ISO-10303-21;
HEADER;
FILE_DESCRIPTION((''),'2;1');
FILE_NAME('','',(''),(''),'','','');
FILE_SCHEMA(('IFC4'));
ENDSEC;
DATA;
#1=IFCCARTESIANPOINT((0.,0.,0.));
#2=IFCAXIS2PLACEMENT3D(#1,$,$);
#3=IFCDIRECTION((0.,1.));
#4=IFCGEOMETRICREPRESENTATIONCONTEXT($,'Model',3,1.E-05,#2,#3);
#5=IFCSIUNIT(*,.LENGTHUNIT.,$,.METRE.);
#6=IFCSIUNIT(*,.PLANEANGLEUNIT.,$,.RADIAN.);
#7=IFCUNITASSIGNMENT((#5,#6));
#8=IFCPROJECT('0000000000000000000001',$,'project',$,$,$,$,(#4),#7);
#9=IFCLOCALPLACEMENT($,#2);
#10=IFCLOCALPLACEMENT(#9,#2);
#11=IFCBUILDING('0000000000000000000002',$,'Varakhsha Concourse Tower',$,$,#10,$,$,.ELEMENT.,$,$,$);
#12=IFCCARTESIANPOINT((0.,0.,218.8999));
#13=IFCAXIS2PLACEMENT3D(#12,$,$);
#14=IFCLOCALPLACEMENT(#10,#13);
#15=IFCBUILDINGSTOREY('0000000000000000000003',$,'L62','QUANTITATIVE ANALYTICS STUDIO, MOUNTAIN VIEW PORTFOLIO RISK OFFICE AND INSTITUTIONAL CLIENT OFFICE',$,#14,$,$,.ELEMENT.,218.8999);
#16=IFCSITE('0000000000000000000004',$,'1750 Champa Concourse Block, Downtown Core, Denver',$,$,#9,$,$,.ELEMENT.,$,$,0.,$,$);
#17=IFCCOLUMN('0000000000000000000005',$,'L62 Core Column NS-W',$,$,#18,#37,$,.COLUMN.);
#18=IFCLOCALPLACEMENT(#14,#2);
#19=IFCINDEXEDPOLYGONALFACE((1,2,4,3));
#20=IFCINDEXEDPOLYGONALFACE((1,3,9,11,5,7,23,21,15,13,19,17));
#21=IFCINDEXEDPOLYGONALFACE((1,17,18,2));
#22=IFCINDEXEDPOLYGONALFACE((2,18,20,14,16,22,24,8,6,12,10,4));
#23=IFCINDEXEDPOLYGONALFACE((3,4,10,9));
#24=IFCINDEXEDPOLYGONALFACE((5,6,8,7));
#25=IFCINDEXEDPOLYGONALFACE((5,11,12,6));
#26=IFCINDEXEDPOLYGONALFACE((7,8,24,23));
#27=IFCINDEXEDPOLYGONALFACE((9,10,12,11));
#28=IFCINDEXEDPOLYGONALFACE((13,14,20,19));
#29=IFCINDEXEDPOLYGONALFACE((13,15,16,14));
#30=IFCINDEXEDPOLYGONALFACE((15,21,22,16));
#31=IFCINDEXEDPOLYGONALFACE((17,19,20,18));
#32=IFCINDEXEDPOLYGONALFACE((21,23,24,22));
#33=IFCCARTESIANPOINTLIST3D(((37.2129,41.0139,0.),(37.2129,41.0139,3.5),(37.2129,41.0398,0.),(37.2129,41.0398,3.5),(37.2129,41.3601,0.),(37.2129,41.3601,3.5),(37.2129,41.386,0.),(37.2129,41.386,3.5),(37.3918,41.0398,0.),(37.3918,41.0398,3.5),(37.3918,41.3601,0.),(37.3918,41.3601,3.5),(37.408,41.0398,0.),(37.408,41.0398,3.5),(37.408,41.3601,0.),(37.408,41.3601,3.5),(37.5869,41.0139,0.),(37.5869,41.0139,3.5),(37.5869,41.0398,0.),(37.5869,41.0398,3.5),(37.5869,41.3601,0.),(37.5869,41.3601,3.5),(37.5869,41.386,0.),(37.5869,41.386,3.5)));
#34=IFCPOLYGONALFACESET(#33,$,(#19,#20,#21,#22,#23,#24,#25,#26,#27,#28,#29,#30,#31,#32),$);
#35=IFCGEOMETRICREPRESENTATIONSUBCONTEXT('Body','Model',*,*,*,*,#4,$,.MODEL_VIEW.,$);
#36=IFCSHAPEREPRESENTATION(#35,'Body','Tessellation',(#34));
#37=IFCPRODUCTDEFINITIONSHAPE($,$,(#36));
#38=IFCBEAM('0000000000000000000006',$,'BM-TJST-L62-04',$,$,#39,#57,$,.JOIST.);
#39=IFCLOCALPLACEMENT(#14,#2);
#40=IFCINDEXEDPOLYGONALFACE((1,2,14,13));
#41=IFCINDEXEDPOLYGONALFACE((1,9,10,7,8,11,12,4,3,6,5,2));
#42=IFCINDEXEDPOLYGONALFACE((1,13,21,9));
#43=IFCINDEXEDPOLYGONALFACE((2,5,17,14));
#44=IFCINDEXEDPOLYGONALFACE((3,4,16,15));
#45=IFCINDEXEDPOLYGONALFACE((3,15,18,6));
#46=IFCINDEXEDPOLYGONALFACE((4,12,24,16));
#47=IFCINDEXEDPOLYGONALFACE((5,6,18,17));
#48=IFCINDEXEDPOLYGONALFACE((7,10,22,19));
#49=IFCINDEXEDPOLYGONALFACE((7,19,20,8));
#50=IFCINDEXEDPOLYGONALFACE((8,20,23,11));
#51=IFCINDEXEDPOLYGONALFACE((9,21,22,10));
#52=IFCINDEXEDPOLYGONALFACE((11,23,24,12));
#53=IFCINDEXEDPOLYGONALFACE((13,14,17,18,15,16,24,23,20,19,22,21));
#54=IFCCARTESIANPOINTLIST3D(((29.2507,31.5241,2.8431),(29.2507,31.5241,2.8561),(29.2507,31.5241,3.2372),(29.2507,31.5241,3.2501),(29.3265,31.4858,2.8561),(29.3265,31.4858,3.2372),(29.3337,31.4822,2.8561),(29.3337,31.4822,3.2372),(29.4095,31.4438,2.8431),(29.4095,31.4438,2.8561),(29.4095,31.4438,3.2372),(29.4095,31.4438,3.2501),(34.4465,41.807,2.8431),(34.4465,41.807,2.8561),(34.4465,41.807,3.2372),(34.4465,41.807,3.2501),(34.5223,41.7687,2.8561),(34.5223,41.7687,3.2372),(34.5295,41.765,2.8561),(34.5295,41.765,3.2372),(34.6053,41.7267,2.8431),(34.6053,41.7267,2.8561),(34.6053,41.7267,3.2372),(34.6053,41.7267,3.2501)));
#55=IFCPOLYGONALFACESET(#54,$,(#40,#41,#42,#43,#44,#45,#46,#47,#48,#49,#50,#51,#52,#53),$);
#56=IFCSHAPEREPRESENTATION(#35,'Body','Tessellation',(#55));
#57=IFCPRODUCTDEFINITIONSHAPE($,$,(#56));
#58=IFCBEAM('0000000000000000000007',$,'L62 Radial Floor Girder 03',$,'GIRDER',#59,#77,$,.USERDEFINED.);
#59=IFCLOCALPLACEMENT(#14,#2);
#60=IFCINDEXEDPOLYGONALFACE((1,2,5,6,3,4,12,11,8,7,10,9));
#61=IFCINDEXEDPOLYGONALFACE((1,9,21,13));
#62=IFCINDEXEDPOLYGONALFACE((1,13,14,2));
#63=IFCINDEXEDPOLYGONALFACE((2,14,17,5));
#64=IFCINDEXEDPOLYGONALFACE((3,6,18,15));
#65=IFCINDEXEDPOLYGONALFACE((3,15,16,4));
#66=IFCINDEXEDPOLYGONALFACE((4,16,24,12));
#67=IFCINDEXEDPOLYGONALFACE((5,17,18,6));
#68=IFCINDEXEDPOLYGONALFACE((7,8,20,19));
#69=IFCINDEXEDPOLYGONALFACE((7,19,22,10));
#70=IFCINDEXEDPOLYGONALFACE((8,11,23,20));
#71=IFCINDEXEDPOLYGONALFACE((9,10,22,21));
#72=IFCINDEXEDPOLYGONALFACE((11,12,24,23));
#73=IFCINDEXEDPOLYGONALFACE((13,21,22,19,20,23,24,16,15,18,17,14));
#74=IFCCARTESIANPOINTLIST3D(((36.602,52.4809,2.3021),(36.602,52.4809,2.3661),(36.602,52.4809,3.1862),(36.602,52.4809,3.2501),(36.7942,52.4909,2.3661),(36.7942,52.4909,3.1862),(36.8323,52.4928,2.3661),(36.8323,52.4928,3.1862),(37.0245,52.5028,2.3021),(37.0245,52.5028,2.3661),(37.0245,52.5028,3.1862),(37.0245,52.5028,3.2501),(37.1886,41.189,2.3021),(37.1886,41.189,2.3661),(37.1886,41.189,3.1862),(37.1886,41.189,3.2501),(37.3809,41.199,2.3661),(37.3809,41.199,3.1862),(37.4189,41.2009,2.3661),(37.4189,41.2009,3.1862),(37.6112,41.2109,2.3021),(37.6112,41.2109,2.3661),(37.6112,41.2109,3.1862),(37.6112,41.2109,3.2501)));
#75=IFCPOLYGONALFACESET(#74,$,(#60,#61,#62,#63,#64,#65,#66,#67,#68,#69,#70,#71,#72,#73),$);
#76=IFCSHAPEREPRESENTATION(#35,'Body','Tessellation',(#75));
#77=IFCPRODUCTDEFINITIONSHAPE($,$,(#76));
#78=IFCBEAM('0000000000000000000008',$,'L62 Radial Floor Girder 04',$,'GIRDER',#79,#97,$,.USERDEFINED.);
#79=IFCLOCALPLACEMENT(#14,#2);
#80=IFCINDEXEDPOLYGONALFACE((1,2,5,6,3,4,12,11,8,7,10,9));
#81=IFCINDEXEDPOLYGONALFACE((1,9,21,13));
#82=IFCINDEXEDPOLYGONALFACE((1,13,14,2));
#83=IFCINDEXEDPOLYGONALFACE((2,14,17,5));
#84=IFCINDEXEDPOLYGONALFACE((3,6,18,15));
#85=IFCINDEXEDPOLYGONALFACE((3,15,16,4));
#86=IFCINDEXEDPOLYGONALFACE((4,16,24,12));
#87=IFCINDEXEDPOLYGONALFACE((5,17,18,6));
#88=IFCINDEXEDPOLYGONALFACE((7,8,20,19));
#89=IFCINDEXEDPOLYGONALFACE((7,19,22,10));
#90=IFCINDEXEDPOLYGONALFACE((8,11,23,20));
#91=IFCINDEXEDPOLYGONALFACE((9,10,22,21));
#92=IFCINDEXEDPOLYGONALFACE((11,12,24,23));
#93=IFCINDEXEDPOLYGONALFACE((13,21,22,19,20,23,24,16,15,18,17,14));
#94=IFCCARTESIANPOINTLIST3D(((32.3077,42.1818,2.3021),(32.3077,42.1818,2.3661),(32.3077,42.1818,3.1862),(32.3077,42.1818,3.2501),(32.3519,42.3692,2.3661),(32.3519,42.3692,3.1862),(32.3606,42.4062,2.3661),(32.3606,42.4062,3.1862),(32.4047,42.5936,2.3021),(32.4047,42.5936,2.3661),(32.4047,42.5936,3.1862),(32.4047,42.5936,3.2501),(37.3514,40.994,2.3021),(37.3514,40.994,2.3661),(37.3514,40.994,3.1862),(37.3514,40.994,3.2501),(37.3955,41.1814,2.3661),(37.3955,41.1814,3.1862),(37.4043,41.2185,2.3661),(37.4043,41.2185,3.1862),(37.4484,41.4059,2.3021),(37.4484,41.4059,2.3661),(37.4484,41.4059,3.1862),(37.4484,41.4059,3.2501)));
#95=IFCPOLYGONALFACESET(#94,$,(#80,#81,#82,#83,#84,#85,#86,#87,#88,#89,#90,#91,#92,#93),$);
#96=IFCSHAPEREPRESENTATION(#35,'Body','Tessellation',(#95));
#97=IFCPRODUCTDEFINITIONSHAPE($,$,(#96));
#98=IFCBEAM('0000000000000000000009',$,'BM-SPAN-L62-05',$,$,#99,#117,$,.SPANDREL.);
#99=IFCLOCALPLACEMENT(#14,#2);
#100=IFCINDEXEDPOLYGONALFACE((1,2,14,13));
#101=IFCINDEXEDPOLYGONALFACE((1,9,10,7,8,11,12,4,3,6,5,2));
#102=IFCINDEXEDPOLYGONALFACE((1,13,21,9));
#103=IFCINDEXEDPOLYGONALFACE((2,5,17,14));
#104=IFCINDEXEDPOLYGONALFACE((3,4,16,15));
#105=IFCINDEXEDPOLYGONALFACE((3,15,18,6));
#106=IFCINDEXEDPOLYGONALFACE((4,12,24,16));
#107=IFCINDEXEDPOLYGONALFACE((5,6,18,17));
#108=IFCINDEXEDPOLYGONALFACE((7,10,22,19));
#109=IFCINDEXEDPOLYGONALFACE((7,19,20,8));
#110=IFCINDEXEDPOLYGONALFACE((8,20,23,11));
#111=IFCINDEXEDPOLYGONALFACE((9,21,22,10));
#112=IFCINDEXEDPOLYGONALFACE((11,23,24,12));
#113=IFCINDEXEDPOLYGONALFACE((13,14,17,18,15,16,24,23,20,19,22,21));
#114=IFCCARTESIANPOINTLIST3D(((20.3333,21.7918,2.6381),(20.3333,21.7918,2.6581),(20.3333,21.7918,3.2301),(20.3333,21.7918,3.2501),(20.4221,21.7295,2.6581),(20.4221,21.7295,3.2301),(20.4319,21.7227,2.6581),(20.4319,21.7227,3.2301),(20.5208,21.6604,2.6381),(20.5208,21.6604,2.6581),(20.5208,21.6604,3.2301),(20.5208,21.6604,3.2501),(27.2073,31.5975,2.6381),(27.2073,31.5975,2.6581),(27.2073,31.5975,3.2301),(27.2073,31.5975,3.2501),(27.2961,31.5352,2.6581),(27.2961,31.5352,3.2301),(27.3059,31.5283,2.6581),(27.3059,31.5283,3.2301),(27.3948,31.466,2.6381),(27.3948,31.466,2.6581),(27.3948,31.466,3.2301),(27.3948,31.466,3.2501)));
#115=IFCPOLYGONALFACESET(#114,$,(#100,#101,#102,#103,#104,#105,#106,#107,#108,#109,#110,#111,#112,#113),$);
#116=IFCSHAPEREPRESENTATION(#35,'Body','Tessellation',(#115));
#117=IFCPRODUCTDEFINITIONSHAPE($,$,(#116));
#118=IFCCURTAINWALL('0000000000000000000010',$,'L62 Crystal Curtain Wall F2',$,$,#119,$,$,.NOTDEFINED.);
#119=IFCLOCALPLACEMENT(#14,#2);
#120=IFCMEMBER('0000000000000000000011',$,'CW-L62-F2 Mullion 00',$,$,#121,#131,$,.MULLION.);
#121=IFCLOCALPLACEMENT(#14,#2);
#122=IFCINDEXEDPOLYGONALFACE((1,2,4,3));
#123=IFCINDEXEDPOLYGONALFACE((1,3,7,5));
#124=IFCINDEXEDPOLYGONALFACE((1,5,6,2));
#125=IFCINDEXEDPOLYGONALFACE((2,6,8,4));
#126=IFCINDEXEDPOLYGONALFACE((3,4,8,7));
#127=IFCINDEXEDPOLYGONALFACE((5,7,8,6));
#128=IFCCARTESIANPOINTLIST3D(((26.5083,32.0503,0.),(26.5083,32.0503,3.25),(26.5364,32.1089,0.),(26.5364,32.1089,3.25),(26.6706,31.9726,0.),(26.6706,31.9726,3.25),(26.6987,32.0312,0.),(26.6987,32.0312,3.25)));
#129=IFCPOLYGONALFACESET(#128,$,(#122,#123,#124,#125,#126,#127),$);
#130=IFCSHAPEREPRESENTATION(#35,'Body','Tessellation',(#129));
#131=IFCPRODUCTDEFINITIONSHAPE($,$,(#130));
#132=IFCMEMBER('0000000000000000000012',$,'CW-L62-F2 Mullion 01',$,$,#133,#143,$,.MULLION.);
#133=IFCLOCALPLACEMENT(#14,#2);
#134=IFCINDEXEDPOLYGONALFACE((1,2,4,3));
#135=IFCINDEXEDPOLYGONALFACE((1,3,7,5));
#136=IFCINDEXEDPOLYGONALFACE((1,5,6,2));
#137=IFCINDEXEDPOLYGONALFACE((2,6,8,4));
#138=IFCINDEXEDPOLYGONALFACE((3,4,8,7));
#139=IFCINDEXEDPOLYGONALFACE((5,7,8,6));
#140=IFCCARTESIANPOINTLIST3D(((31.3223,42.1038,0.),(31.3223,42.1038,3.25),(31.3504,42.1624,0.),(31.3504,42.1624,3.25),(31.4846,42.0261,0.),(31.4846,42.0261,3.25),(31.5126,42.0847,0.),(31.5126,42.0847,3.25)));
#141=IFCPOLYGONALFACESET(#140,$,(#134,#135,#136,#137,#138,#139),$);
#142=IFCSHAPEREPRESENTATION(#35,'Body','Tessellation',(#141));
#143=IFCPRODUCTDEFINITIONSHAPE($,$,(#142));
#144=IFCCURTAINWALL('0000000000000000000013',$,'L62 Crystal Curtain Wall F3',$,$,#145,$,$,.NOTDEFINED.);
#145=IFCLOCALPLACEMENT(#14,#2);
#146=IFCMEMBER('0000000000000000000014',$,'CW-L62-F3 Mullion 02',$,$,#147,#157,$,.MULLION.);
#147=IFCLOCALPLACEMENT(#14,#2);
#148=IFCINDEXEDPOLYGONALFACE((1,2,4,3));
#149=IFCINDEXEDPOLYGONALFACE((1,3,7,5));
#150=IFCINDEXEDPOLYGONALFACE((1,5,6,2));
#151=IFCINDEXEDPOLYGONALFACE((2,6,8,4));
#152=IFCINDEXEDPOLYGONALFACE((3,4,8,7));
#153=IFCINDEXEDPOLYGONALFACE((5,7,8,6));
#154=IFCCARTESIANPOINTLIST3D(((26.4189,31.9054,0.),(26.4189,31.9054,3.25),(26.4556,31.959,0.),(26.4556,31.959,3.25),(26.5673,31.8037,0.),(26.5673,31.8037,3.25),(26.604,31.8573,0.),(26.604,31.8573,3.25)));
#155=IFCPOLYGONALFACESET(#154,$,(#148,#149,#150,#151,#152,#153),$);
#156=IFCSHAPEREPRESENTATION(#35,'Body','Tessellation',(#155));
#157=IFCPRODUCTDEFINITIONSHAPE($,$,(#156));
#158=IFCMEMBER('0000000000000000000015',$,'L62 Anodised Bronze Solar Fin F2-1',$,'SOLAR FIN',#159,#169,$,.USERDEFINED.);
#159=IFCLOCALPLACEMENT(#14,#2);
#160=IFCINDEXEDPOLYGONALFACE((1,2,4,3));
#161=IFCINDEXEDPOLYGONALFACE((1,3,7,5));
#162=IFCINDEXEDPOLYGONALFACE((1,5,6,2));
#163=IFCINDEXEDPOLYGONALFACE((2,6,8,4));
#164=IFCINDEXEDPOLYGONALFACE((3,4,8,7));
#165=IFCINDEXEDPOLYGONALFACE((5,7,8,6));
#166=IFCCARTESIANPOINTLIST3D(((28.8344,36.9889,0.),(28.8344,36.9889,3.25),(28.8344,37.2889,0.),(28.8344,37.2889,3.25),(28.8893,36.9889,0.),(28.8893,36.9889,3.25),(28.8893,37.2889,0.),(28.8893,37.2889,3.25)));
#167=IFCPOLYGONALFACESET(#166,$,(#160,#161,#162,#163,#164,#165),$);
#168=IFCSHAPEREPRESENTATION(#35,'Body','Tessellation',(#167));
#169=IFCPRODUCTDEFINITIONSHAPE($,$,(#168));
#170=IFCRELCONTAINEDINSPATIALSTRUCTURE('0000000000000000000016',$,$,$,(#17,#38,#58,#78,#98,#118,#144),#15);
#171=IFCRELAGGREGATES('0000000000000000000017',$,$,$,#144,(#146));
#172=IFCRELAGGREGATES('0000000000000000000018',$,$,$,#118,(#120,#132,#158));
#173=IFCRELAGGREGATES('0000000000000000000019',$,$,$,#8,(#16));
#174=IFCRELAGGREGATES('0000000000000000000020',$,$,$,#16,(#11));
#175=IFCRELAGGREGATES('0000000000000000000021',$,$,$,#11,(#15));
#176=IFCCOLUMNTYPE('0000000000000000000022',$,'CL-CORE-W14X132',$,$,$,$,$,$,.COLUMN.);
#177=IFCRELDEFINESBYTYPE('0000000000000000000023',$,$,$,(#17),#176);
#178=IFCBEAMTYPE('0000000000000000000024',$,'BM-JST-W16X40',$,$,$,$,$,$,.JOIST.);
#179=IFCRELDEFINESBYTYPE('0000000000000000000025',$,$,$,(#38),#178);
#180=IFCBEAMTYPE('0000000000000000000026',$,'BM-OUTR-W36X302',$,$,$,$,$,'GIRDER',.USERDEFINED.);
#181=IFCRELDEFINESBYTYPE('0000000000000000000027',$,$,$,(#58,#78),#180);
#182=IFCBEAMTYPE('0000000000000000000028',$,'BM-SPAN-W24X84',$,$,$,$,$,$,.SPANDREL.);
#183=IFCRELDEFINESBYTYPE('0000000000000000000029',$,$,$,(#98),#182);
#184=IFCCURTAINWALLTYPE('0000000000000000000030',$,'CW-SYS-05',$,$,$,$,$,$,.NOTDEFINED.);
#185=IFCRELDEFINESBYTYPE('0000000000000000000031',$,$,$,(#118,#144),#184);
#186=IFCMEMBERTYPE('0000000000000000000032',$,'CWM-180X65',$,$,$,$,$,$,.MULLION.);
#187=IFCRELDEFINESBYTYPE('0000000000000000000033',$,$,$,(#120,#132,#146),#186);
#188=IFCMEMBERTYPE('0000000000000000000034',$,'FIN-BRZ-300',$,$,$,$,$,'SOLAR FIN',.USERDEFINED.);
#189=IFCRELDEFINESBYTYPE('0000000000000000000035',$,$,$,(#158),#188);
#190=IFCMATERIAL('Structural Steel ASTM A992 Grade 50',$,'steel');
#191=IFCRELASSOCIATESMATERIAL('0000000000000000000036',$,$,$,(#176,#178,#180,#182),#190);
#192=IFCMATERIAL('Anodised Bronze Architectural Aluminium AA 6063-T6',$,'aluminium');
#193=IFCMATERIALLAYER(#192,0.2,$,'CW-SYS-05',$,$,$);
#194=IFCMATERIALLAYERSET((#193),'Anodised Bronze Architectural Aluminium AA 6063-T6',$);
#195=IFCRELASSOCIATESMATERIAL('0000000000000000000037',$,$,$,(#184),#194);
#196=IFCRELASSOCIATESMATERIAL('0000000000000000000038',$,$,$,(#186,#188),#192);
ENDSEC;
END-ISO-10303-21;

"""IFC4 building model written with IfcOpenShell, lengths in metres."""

from ifc_helpers import new_model, si_unit, direction, frame, origin, origin_2d, place, context, subcontext, project, spatial, rectangle, i_section, extrude, source, transform, mapped, material, layer, layer_set, material_profile, profile_set, type_object, type_shapes, element, aggregate, save


model = new_model("IFC4")

# Units and contexts
model_context = context("Model", 3, precision=1e-05, world=origin(), true_north=direction((0.0, 1.0)))
body_context = subcontext(model_context, "Body", "Model", "MODEL_VIEW")
ifc_project = project(units=[si_unit("LENGTHUNIT", "METRE"), si_unit("PLANEANGLEUNIT", "RADIAN")], contexts=[model_context])

# Site, building, storey
site_placement = place(None, origin())
site = spatial("IfcSite", under=ifc_project, at=site_placement, Name="1750 Champa Concourse Block, Downtown Core, Denver", CompositionType="ELEMENT", RefElevation=0.0)
building_placement = place(site_placement, origin())
building = spatial("IfcBuilding", under=site, at=building_placement, Name="Varakhsha Concourse Tower", CompositionType="ELEMENT")
storey_placement = place(building_placement, frame((0.0, 0.0, 218.8999)))
storey = spatial("IfcBuildingStorey", under=building, at=storey_placement, Name="L62", Description="QUANTITATIVE ANALYTICS STUDIO, MOUNTAIN VIEW PORTFOLIO RISK OFFICE AND INSTITUTIONAL CLIENT OFFICE", CompositionType="ELEMENT", Elevation=218.8999)

# Column
ifc_material_1 = material(Name="Structural Steel ASTM A992 Grade 50", Category="steel")
ifc_material_profile_1 = material_profile(ifc_material_1, i_section(OverallWidth=0.374, OverallDepth=0.3721, WebThickness=0.0161, FlangeThickness=0.0259, at=origin_2d()), Name="W14X132")
ifc_profile_set_1 = profile_set([ifc_material_profile_1], Name="Structural Steel ASTM A992 Grade 50")
column_type = type_object("IfcColumnType", Name="CL-CORE-W14X132", PredefinedType="COLUMN", material=ifc_profile_set_1)
column_placement = place(storey_placement, frame((37.3999, 41.2, 0.0), z_axis=(0.0, 0.0, 1.0), x_axis=(1.0, 0.0, 0.0)))
element("IfcColumn", 1, at=column_placement, inside=storey, type_object=column_type, Name="L62 Core Column NS-W", PredefinedType="COLUMN", context=body_context, shape_type="SweptSolid", body=[
    extrude(i_section(OverallWidth=0.374, OverallDepth=0.3721, WebThickness=0.0161, FlangeThickness=0.0259, at=origin_2d()), origin(), (0.0, 0.0, 1.0), 3.5),
])

# Beams
ifc_material_profile_2 = material_profile(ifc_material_1, i_section(OverallWidth=0.178, OverallDepth=0.407, WebThickness=0.0081, FlangeThickness=0.0129, at=origin_2d()), Name="W16X40")
ifc_profile_set_2 = profile_set([ifc_material_profile_2], Name="Structural Steel ASTM A992 Grade 50")
beam_type_1 = type_object("IfcBeamType", Name="BM-JST-W16X40", PredefinedType="JOIST", material=ifc_profile_set_2)
beam_1_placement = place(storey_placement, frame((34.5259, 41.7668, 3.0466), z_axis=(-0.450982, -0.892533, 0.0), x_axis=(0.892533, -0.450982, 0.0)))
element("IfcBeam", 2, at=beam_1_placement, inside=storey, type_object=beam_type_1, Name="BM-TJST-L62-04", PredefinedType="JOIST", context=body_context, shape_type="SweptSolid", body=[
    extrude(i_section(OverallWidth=0.178, OverallDepth=0.407, WebThickness=0.0081, FlangeThickness=0.0129, at=origin_2d()), origin(), (0.0, 0.0, 1.0), 11.521),
])
ifc_material_profile_3 = material_profile(ifc_material_1, i_section(OverallWidth=0.4231, OverallDepth=0.948, WebThickness=0.0381, FlangeThickness=0.064, at=origin_2d()), Name="W36X302")
ifc_profile_set_3 = profile_set([ifc_material_profile_3], Name="Structural Steel ASTM A992 Grade 50")
beam_type_2 = type_object("IfcBeamType", Name="BM-OUTR-W36X302", ElementType="GIRDER", PredefinedType="USERDEFINED", material=ifc_profile_set_3)
beam_2_placement = place(storey_placement, frame((37.3999, 41.2, 2.7761), z_axis=(-0.051885, 0.998653, 0.0), x_axis=(-0.998653, -0.051885, 0.0)))
element("IfcBeam", 3, at=beam_2_placement, inside=storey, type_object=beam_type_2, Name="L62 Radial Floor Girder 03", ObjectType="GIRDER", PredefinedType="USERDEFINED", context=body_context, shape_type="SweptSolid", body=[
    extrude(i_section(OverallWidth=0.4231, OverallDepth=0.948, WebThickness=0.0381, FlangeThickness=0.064, at=origin_2d()), origin(), (0.0, 0.0, 1.0), 11.3071),
])
beam_3_placement = place(storey_placement, frame((37.3999, 41.2, 2.7761), z_axis=(-0.973375, 0.229221, 0.0), x_axis=(-0.229221, -0.973375, 0.0)))
element("IfcBeam", 4, at=beam_3_placement, inside=storey, type_object=beam_type_2, Name="L62 Radial Floor Girder 04", ObjectType="GIRDER", PredefinedType="USERDEFINED", context=body_context, shape_type="SweptSolid", body=[
    extrude(i_section(OverallWidth=0.4231, OverallDepth=0.948, WebThickness=0.0381, FlangeThickness=0.064, at=origin_2d()), origin(), (0.0, 0.0, 1.0), 5.1816),
])
ifc_material_profile_4 = material_profile(ifc_material_1, i_section(OverallWidth=0.229, OverallDepth=0.6121, WebThickness=0.012, FlangeThickness=0.02, at=origin_2d()), Name="W24X84")
ifc_profile_set_4 = profile_set([ifc_material_profile_4], Name="Structural Steel ASTM A992 Grade 50")
beam_type_3 = type_object("IfcBeamType", Name="BM-SPAN-W24X84", PredefinedType="SPANDREL", material=ifc_profile_set_4)
beam_4_placement = place(storey_placement, frame((27.301, 31.5317, 2.9441), z_axis=(-0.574026, -0.818837, 0.0), x_axis=(0.818837, -0.574026, 0.0)))
element("IfcBeam", 5, at=beam_4_placement, inside=storey, type_object=beam_type_3, Name="BM-SPAN-L62-05", PredefinedType="SPANDREL", context=body_context, shape_type="SweptSolid", body=[
    extrude(i_section(OverallWidth=0.229, OverallDepth=0.6121, WebThickness=0.012, FlangeThickness=0.02, at=origin_2d()), origin(), (0.0, 0.0, 1.0), 11.9751),
])

# Curtain wall, members
ifc_material_2 = material(Name="Anodised Bronze Architectural Aluminium AA 6063-T6", Category="aluminium")
ifc_layer_1 = layer(ifc_material_2, 0.2, Name="CW-SYS-05")
ifc_layer_set_1 = layer_set([ifc_layer_1], Name="Anodised Bronze Architectural Aluminium AA 6063-T6")
curtain_wall_type = type_object("IfcCurtainWallType", Name="CW-SYS-05", PredefinedType="NOTDEFINED", material=ifc_layer_set_1)
curtain_wall_1_placement = place(storey_placement, origin())
curtain_wall_1 = element("IfcCurtainWall", 6, at=curtain_wall_1_placement, inside=storey, type_object=curtain_wall_type, Name="L62 Crystal Curtain Wall F2", PredefinedType="NOTDEFINED")
ifc_material_profile_5 = material_profile(ifc_material_2, rectangle(XDim=0.0649, YDim=0.1799, at=origin_2d()), Name="CWM-180X65")
ifc_profile_set_5 = profile_set([ifc_material_profile_5], Name="Anodised Bronze Architectural Aluminium AA 6063-T6")
member_type_1 = type_object("IfcMemberType", Name="CWM-180X65", PredefinedType="MULLION", material=ifc_profile_set_5)
shared_shape_1 = source(origin(), body_context, "Body", "SweptSolid", [
    extrude(rectangle(XDim=0.0649, YDim=0.1799, at=origin_2d()), origin(), (0.0, 0.0, 1.0), 3.25),
])
type_shapes(member_type_1, [shared_shape_1])
member_1_placement = place(storey_placement, frame((26.6035, 32.0408, 0.0), z_axis=(0.0, 0.0, 1.0), x_axis=(0.431862, 0.90194, 0.0)))
member_1 = element("IfcMember", 7, at=member_1_placement, type_object=member_type_1, Name="CW-L62-F2 Mullion 00", PredefinedType="MULLION", context=body_context, shape_type="MappedRepresentation", body=[
    mapped(shared_shape_1, transform((0.0, 0.0, 0.0), scale=1.0)),
])
member_2_placement = place(storey_placement, frame((31.4175, 42.0942, 0.0), z_axis=(0.0, 0.0, 1.0), x_axis=(0.431862, 0.90194, 0.0)))
member_2 = element("IfcMember", 8, at=member_2_placement, type_object=member_type_1, Name="CW-L62-F2 Mullion 01", PredefinedType="MULLION", context=body_context, shape_type="MappedRepresentation", body=[
    mapped(shared_shape_1, transform((0.0, 0.0, 0.0), scale=1.0)),
])

# Curtain wall, member
curtain_wall_2_placement = place(storey_placement, origin())
curtain_wall_2 = element("IfcCurtainWall", 9, at=curtain_wall_2_placement, inside=storey, type_object=curtain_wall_type, Name="L62 Crystal Curtain Wall F3", PredefinedType="NOTDEFINED")
member_3_placement = place(storey_placement, frame((26.5115, 31.8813, 0.0), z_axis=(0.0, 0.0, 1.0), x_axis=(0.565173, 0.824972, 0.0)))
member_3 = element("IfcMember", 10, at=member_3_placement, type_object=member_type_1, Name="CW-L62-F3 Mullion 02", PredefinedType="MULLION", context=body_context, shape_type="MappedRepresentation", body=[
    mapped(shared_shape_1, transform((0.0, 0.0, 0.0), scale=1.0)),
])
aggregate(curtain_wall_2, [member_3])

# Member
ifc_material_profile_6 = material_profile(ifc_material_2, rectangle(XDim=0.0549, YDim=0.3, at=origin_2d()), Name="FIN-BRZ-300")
ifc_profile_set_6 = profile_set([ifc_material_profile_6], Name="Anodised Bronze Architectural Aluminium AA 6063-T6")
member_type_2 = type_object("IfcMemberType", Name="FIN-BRZ-300", ElementType="SOLAR FIN", PredefinedType="USERDEFINED", material=ifc_profile_set_6)
shared_shape_2 = source(origin(), body_context, "Body", "SweptSolid", [
    extrude(rectangle(XDim=0.0549, YDim=0.3, at=origin_2d()), origin(), (0.0, 0.0, 1.0), 3.25),
])
type_shapes(member_type_2, [shared_shape_2])
member_4_placement = place(storey_placement, frame((28.8618, 37.1389, 0.0), z_axis=(0.0, 0.0, 1.0), x_axis=(1.0, 0.0, 0.0)))
member_4 = element("IfcMember", 11, at=member_4_placement, type_object=member_type_2, Name="L62 Anodised Bronze Solar Fin F2-1", ObjectType="SOLAR FIN", PredefinedType="USERDEFINED", context=body_context, shape_type="MappedRepresentation", body=[
    mapped(shared_shape_2, transform((0.0, 0.0, 0.0), scale=1.0)),
])

aggregate(curtain_wall_1, [member_1, member_2, member_4])

save(model, "model.ifc")
